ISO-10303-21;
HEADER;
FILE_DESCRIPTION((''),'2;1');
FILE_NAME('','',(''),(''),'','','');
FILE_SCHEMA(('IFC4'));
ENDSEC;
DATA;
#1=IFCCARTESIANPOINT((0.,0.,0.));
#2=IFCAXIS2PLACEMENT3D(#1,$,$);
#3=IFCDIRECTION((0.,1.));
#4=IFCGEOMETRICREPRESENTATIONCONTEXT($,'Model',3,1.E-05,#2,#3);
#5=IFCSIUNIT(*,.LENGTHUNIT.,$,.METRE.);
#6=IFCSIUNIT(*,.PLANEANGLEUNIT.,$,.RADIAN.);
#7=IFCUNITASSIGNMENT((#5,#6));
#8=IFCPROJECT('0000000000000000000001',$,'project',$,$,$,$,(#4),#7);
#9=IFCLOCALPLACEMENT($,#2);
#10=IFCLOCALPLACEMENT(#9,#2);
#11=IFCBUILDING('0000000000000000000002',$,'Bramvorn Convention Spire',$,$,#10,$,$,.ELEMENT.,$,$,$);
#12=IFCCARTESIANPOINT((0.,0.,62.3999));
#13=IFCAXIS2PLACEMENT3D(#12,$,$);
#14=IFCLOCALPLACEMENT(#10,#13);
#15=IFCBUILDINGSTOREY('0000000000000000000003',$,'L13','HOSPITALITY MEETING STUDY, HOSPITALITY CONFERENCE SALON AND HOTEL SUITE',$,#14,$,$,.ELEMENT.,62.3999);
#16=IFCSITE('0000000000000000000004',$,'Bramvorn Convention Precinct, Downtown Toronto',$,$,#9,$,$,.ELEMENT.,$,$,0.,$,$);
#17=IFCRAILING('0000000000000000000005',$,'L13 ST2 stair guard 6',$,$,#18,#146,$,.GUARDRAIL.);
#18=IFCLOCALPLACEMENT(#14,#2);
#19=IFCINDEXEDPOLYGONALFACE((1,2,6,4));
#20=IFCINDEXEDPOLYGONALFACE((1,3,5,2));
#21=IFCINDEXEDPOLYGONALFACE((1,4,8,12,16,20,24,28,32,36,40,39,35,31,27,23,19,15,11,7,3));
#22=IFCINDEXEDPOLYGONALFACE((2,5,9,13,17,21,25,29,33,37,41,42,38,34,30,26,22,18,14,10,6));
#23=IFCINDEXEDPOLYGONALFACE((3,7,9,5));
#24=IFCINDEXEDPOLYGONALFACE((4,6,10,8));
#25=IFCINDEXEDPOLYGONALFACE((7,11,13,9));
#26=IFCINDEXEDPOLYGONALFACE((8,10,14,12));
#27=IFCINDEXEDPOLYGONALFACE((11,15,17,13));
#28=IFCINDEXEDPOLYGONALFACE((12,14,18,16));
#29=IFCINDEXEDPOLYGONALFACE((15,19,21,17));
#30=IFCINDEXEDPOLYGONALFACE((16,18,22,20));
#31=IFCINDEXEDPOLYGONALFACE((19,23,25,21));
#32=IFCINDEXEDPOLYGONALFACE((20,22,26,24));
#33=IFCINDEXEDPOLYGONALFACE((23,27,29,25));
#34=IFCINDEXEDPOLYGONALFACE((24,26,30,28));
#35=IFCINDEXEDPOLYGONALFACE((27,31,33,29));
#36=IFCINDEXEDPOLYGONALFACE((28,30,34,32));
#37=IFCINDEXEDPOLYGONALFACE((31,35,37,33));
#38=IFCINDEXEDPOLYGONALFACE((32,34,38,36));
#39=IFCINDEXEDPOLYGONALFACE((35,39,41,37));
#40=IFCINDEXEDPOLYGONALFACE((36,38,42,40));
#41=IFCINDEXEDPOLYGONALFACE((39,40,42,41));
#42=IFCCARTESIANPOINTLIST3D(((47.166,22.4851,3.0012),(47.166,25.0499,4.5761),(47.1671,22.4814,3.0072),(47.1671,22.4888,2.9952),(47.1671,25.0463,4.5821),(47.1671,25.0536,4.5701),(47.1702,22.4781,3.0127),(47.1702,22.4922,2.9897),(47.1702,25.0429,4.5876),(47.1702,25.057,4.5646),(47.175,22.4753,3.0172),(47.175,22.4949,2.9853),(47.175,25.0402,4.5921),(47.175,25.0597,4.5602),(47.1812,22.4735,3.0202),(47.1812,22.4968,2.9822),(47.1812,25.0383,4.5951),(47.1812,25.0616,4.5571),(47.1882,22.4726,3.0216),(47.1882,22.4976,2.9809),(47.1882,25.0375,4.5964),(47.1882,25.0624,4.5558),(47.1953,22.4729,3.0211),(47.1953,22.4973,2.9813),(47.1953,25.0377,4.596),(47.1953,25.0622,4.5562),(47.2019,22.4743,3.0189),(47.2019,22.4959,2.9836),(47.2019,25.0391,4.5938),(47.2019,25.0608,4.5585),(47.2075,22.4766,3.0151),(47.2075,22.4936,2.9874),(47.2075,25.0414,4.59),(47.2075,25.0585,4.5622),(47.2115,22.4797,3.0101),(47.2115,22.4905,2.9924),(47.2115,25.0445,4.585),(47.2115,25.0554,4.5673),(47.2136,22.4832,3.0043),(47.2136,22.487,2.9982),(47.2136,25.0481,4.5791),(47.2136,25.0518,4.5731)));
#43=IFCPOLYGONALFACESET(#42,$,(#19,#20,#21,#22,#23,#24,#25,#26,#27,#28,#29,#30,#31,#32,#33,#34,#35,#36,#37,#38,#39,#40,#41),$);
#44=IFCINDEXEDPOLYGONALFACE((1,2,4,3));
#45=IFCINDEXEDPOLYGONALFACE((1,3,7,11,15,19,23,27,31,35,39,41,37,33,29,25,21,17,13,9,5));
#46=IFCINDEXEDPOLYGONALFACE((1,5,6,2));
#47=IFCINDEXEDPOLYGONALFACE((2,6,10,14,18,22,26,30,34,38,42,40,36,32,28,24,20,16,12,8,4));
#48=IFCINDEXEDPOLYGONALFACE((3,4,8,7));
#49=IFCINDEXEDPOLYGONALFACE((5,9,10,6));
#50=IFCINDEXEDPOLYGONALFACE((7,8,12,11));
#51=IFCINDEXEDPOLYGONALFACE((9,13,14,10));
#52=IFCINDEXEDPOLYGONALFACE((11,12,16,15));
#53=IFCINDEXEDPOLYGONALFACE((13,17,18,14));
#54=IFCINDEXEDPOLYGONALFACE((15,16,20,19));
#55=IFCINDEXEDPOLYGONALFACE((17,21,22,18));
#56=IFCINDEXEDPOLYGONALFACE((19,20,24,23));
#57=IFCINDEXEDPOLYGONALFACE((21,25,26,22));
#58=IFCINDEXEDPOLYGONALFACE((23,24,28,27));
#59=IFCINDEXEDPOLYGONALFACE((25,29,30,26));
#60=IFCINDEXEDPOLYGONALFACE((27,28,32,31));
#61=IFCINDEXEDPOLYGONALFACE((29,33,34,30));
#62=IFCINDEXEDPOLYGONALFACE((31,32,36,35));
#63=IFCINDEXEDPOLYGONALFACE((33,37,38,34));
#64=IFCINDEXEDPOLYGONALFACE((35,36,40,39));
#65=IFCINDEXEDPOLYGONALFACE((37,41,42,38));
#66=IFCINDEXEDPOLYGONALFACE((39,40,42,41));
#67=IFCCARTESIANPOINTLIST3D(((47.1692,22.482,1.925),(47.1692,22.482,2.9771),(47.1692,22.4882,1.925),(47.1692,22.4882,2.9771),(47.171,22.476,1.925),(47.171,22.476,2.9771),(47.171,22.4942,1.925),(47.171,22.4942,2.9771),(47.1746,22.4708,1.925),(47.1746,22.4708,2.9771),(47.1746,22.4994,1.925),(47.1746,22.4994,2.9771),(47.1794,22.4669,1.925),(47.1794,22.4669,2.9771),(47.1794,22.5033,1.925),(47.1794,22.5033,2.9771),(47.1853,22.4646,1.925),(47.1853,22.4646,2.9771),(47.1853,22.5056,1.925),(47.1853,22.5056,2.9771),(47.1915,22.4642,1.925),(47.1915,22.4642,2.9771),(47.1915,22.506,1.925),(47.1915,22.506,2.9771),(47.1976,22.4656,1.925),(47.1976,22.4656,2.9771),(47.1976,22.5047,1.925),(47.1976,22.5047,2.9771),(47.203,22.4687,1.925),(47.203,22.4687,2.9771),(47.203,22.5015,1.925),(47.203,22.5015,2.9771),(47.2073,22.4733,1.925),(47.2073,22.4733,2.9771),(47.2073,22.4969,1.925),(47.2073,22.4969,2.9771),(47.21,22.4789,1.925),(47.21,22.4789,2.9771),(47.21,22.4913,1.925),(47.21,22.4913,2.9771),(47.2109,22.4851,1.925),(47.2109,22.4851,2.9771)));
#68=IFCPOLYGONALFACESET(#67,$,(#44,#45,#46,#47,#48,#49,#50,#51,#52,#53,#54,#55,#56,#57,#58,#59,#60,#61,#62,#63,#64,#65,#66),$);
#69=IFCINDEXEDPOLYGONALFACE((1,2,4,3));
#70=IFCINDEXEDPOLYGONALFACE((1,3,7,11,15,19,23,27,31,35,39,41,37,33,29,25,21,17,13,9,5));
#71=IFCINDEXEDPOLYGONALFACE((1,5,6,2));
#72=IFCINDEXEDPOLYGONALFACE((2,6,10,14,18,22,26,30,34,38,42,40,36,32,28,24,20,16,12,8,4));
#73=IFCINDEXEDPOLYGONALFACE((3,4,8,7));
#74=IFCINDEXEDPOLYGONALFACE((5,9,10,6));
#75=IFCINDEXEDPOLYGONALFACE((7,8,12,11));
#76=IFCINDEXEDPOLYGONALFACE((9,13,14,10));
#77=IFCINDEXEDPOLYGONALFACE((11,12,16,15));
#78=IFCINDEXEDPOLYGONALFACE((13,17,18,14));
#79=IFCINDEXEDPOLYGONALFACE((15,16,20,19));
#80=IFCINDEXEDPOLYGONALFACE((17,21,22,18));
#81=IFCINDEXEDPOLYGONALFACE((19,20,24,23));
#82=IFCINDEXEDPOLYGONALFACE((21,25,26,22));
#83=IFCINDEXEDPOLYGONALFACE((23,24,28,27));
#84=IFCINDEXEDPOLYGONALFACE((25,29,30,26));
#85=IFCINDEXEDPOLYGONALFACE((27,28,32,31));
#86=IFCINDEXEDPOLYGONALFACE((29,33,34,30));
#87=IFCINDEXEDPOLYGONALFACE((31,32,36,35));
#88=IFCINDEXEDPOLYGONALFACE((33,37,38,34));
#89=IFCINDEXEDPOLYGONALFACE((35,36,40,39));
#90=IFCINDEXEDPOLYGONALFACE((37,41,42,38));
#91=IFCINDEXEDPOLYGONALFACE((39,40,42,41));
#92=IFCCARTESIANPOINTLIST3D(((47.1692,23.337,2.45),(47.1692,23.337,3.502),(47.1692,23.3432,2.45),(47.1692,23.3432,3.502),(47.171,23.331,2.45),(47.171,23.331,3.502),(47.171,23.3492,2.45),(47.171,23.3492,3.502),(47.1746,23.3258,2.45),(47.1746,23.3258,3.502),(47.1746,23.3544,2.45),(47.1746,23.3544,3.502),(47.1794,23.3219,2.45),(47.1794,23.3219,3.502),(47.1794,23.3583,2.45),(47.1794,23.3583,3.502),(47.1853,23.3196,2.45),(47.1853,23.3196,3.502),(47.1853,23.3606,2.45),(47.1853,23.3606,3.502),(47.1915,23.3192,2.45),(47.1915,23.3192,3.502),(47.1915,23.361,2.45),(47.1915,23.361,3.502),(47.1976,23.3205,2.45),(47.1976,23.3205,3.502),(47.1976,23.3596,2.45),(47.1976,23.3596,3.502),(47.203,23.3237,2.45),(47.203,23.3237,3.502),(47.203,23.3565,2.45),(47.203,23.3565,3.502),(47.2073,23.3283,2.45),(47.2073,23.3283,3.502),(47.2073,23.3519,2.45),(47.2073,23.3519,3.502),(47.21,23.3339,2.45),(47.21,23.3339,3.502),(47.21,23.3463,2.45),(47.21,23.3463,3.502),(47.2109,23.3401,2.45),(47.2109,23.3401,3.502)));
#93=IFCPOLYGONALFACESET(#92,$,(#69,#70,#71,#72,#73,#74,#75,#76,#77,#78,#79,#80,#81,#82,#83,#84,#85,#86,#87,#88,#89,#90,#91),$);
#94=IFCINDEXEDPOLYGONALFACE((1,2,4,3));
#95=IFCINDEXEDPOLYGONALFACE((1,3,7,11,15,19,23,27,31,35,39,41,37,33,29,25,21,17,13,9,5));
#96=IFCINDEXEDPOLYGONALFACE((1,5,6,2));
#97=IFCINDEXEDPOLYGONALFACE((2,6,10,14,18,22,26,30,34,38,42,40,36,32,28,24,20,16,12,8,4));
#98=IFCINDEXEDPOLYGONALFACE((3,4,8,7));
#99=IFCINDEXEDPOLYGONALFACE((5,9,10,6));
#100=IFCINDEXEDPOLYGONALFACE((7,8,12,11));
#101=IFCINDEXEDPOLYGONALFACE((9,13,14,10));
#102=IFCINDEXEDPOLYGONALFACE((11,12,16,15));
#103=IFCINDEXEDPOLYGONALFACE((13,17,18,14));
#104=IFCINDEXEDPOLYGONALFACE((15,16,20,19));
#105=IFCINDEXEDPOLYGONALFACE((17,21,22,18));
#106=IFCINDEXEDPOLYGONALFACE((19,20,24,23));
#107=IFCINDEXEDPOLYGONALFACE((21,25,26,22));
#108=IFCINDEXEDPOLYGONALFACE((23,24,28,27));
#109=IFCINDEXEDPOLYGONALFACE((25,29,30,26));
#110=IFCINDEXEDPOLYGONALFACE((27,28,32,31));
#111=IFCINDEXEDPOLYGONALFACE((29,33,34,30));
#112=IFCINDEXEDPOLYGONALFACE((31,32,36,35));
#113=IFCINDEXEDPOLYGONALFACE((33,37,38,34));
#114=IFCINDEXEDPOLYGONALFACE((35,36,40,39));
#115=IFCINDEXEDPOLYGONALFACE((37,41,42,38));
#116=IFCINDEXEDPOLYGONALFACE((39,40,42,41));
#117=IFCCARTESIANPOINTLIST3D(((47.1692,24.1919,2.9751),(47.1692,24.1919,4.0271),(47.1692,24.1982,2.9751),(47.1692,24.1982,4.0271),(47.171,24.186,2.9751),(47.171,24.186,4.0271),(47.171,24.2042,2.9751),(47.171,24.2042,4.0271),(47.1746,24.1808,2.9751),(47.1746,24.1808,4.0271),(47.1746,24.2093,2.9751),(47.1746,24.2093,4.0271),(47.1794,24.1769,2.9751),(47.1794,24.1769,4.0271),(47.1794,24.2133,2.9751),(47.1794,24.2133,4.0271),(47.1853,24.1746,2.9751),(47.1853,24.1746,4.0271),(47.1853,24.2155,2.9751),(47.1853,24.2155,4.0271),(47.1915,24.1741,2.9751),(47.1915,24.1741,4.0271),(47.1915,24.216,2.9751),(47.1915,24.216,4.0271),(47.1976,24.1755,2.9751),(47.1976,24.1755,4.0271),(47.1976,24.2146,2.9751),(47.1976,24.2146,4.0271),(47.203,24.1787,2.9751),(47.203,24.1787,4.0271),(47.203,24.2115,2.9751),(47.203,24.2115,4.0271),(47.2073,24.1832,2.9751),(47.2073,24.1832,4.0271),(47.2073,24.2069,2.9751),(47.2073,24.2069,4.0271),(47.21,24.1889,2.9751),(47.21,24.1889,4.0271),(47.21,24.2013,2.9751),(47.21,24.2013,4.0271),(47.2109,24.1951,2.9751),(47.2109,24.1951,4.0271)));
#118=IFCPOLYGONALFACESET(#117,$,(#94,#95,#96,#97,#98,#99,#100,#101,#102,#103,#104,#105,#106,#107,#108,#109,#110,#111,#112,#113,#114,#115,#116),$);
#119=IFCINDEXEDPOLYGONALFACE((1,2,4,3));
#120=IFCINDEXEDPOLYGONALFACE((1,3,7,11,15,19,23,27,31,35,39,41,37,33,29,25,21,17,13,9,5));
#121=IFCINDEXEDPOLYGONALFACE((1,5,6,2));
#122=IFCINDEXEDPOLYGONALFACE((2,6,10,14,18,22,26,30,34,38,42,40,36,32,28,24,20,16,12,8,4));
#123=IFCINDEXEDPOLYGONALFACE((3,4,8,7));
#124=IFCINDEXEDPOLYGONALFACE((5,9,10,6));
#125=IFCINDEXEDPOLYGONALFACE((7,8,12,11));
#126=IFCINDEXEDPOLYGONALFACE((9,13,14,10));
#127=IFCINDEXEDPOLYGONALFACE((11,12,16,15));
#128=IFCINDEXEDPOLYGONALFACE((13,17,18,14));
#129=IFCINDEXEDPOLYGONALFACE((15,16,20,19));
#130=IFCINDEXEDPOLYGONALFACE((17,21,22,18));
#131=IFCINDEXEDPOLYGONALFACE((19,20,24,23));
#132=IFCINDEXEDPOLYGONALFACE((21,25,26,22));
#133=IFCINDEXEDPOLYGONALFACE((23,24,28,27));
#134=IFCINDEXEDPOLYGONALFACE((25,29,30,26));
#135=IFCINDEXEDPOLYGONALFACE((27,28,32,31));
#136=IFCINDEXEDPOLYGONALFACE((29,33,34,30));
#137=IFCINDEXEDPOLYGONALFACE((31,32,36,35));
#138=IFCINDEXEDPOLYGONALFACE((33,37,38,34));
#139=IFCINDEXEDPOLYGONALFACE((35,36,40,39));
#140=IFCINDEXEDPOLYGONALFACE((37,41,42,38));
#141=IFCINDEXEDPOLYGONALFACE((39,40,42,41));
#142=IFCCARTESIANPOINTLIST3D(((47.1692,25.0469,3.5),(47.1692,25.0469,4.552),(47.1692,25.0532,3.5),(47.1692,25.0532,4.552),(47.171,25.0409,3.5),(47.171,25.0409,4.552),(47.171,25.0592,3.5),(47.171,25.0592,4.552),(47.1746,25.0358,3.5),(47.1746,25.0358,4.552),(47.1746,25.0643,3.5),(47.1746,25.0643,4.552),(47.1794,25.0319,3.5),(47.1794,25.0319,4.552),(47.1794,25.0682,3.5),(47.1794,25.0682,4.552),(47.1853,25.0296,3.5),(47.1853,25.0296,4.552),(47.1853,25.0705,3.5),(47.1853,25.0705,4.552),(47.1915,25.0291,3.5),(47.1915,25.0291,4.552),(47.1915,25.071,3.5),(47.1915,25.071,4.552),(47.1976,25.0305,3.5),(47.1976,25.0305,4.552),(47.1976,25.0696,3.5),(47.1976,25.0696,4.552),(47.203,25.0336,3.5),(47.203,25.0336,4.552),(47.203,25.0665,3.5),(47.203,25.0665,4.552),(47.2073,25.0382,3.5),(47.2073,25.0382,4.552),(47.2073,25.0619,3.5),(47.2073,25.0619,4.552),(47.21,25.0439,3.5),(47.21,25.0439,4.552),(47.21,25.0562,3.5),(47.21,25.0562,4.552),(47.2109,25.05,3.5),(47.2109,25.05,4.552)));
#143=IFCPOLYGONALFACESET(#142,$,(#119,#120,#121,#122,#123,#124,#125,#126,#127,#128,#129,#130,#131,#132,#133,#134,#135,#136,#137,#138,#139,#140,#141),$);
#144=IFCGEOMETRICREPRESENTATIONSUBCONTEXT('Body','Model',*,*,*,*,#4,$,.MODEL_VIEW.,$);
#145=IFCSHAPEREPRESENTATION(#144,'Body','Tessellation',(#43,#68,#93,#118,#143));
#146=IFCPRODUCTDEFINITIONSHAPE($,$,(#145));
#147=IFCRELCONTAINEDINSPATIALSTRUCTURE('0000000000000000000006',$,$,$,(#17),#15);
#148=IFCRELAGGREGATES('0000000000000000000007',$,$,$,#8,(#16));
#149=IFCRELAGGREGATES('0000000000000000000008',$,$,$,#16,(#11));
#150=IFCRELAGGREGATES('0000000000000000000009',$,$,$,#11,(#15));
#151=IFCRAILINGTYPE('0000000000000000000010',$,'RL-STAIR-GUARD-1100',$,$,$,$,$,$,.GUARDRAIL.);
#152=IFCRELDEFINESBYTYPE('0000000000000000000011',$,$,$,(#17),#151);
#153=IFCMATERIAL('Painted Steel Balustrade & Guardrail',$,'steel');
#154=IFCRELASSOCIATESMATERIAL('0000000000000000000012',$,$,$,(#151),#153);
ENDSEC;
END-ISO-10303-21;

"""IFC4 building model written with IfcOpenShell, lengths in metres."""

from ifc_helpers import new_model, si_unit, direction, frame, origin, origin_2d, place, context, subcontext, project, spatial, circle, extrude, material, type_object, element, save


model = new_model("IFC4")

# Units and contexts
model_context = context("Model", 3, precision=1e-05, world=origin(), true_north=direction((0.0, 1.0)))
body_context = subcontext(model_context, "Body", "Model", "MODEL_VIEW")
ifc_project = project(units=[si_unit("LENGTHUNIT", "METRE"), si_unit("PLANEANGLEUNIT", "RADIAN")], contexts=[model_context])

# Site, building, storey
site_placement = place(None, origin())
site = spatial("IfcSite", under=ifc_project, at=site_placement, Name="Bramvorn Convention Precinct, Downtown Toronto", CompositionType="ELEMENT", RefElevation=0.0)
building_placement = place(site_placement, origin())
building = spatial("IfcBuilding", under=site, at=building_placement, Name="Bramvorn Convention Spire", CompositionType="ELEMENT")
storey_placement = place(building_placement, frame((0.0, 0.0, 62.3999)))
storey = spatial("IfcBuildingStorey", under=building, at=storey_placement, Name="L13", Description="HOSPITALITY MEETING STUDY, HOSPITALITY CONFERENCE SALON AND HOTEL SUITE", CompositionType="ELEMENT", Elevation=62.3999)

# Railing
ifc_material_1 = material(Name="Painted Steel Balustrade & Guardrail", Category="steel")
railing_type_1 = type_object("IfcRailingType", Name="RL-STAIR-GUARD-1100", PredefinedType="GUARDRAIL", material=ifc_material_1)
railing_1_placement = place(storey_placement, frame((47.1899, 22.4851, 1.925)))
element("IfcRailing", 1, at=railing_1_placement, inside=storey, type_object=railing_type_1, Name="L13 ST2 stair guard 6", PredefinedType="GUARDRAIL", context=body_context, shape_type="SweptSolid", body=[
    extrude(circle(Radius=0.0239, at=origin_2d()), frame((0.0, 0.0, 1.0762), z_axis=(0.0, 0.852173, 0.52326), x_axis=(-1.0, 0.0, 0.0)), (0.0, 0.0, 1.0), 3.0098),
    extrude(circle(Radius=0.021, at=origin_2d()), origin(), (0.0, 0.0, 1.0), 1.052),
    extrude(circle(Radius=0.021, at=origin_2d()), frame((0.0, 0.855, 0.5249)), (0.0, 0.0, 1.0), 1.052),
    extrude(circle(Radius=0.021, at=origin_2d()), frame((0.0, 1.71, 1.05)), (0.0, 0.0, 1.0), 1.052),
    extrude(circle(Radius=0.021, at=origin_2d()), frame((0.0, 2.5649, 1.575)), (0.0, 0.0, 1.0), 1.052),
])

save(model, "model.ifc")
